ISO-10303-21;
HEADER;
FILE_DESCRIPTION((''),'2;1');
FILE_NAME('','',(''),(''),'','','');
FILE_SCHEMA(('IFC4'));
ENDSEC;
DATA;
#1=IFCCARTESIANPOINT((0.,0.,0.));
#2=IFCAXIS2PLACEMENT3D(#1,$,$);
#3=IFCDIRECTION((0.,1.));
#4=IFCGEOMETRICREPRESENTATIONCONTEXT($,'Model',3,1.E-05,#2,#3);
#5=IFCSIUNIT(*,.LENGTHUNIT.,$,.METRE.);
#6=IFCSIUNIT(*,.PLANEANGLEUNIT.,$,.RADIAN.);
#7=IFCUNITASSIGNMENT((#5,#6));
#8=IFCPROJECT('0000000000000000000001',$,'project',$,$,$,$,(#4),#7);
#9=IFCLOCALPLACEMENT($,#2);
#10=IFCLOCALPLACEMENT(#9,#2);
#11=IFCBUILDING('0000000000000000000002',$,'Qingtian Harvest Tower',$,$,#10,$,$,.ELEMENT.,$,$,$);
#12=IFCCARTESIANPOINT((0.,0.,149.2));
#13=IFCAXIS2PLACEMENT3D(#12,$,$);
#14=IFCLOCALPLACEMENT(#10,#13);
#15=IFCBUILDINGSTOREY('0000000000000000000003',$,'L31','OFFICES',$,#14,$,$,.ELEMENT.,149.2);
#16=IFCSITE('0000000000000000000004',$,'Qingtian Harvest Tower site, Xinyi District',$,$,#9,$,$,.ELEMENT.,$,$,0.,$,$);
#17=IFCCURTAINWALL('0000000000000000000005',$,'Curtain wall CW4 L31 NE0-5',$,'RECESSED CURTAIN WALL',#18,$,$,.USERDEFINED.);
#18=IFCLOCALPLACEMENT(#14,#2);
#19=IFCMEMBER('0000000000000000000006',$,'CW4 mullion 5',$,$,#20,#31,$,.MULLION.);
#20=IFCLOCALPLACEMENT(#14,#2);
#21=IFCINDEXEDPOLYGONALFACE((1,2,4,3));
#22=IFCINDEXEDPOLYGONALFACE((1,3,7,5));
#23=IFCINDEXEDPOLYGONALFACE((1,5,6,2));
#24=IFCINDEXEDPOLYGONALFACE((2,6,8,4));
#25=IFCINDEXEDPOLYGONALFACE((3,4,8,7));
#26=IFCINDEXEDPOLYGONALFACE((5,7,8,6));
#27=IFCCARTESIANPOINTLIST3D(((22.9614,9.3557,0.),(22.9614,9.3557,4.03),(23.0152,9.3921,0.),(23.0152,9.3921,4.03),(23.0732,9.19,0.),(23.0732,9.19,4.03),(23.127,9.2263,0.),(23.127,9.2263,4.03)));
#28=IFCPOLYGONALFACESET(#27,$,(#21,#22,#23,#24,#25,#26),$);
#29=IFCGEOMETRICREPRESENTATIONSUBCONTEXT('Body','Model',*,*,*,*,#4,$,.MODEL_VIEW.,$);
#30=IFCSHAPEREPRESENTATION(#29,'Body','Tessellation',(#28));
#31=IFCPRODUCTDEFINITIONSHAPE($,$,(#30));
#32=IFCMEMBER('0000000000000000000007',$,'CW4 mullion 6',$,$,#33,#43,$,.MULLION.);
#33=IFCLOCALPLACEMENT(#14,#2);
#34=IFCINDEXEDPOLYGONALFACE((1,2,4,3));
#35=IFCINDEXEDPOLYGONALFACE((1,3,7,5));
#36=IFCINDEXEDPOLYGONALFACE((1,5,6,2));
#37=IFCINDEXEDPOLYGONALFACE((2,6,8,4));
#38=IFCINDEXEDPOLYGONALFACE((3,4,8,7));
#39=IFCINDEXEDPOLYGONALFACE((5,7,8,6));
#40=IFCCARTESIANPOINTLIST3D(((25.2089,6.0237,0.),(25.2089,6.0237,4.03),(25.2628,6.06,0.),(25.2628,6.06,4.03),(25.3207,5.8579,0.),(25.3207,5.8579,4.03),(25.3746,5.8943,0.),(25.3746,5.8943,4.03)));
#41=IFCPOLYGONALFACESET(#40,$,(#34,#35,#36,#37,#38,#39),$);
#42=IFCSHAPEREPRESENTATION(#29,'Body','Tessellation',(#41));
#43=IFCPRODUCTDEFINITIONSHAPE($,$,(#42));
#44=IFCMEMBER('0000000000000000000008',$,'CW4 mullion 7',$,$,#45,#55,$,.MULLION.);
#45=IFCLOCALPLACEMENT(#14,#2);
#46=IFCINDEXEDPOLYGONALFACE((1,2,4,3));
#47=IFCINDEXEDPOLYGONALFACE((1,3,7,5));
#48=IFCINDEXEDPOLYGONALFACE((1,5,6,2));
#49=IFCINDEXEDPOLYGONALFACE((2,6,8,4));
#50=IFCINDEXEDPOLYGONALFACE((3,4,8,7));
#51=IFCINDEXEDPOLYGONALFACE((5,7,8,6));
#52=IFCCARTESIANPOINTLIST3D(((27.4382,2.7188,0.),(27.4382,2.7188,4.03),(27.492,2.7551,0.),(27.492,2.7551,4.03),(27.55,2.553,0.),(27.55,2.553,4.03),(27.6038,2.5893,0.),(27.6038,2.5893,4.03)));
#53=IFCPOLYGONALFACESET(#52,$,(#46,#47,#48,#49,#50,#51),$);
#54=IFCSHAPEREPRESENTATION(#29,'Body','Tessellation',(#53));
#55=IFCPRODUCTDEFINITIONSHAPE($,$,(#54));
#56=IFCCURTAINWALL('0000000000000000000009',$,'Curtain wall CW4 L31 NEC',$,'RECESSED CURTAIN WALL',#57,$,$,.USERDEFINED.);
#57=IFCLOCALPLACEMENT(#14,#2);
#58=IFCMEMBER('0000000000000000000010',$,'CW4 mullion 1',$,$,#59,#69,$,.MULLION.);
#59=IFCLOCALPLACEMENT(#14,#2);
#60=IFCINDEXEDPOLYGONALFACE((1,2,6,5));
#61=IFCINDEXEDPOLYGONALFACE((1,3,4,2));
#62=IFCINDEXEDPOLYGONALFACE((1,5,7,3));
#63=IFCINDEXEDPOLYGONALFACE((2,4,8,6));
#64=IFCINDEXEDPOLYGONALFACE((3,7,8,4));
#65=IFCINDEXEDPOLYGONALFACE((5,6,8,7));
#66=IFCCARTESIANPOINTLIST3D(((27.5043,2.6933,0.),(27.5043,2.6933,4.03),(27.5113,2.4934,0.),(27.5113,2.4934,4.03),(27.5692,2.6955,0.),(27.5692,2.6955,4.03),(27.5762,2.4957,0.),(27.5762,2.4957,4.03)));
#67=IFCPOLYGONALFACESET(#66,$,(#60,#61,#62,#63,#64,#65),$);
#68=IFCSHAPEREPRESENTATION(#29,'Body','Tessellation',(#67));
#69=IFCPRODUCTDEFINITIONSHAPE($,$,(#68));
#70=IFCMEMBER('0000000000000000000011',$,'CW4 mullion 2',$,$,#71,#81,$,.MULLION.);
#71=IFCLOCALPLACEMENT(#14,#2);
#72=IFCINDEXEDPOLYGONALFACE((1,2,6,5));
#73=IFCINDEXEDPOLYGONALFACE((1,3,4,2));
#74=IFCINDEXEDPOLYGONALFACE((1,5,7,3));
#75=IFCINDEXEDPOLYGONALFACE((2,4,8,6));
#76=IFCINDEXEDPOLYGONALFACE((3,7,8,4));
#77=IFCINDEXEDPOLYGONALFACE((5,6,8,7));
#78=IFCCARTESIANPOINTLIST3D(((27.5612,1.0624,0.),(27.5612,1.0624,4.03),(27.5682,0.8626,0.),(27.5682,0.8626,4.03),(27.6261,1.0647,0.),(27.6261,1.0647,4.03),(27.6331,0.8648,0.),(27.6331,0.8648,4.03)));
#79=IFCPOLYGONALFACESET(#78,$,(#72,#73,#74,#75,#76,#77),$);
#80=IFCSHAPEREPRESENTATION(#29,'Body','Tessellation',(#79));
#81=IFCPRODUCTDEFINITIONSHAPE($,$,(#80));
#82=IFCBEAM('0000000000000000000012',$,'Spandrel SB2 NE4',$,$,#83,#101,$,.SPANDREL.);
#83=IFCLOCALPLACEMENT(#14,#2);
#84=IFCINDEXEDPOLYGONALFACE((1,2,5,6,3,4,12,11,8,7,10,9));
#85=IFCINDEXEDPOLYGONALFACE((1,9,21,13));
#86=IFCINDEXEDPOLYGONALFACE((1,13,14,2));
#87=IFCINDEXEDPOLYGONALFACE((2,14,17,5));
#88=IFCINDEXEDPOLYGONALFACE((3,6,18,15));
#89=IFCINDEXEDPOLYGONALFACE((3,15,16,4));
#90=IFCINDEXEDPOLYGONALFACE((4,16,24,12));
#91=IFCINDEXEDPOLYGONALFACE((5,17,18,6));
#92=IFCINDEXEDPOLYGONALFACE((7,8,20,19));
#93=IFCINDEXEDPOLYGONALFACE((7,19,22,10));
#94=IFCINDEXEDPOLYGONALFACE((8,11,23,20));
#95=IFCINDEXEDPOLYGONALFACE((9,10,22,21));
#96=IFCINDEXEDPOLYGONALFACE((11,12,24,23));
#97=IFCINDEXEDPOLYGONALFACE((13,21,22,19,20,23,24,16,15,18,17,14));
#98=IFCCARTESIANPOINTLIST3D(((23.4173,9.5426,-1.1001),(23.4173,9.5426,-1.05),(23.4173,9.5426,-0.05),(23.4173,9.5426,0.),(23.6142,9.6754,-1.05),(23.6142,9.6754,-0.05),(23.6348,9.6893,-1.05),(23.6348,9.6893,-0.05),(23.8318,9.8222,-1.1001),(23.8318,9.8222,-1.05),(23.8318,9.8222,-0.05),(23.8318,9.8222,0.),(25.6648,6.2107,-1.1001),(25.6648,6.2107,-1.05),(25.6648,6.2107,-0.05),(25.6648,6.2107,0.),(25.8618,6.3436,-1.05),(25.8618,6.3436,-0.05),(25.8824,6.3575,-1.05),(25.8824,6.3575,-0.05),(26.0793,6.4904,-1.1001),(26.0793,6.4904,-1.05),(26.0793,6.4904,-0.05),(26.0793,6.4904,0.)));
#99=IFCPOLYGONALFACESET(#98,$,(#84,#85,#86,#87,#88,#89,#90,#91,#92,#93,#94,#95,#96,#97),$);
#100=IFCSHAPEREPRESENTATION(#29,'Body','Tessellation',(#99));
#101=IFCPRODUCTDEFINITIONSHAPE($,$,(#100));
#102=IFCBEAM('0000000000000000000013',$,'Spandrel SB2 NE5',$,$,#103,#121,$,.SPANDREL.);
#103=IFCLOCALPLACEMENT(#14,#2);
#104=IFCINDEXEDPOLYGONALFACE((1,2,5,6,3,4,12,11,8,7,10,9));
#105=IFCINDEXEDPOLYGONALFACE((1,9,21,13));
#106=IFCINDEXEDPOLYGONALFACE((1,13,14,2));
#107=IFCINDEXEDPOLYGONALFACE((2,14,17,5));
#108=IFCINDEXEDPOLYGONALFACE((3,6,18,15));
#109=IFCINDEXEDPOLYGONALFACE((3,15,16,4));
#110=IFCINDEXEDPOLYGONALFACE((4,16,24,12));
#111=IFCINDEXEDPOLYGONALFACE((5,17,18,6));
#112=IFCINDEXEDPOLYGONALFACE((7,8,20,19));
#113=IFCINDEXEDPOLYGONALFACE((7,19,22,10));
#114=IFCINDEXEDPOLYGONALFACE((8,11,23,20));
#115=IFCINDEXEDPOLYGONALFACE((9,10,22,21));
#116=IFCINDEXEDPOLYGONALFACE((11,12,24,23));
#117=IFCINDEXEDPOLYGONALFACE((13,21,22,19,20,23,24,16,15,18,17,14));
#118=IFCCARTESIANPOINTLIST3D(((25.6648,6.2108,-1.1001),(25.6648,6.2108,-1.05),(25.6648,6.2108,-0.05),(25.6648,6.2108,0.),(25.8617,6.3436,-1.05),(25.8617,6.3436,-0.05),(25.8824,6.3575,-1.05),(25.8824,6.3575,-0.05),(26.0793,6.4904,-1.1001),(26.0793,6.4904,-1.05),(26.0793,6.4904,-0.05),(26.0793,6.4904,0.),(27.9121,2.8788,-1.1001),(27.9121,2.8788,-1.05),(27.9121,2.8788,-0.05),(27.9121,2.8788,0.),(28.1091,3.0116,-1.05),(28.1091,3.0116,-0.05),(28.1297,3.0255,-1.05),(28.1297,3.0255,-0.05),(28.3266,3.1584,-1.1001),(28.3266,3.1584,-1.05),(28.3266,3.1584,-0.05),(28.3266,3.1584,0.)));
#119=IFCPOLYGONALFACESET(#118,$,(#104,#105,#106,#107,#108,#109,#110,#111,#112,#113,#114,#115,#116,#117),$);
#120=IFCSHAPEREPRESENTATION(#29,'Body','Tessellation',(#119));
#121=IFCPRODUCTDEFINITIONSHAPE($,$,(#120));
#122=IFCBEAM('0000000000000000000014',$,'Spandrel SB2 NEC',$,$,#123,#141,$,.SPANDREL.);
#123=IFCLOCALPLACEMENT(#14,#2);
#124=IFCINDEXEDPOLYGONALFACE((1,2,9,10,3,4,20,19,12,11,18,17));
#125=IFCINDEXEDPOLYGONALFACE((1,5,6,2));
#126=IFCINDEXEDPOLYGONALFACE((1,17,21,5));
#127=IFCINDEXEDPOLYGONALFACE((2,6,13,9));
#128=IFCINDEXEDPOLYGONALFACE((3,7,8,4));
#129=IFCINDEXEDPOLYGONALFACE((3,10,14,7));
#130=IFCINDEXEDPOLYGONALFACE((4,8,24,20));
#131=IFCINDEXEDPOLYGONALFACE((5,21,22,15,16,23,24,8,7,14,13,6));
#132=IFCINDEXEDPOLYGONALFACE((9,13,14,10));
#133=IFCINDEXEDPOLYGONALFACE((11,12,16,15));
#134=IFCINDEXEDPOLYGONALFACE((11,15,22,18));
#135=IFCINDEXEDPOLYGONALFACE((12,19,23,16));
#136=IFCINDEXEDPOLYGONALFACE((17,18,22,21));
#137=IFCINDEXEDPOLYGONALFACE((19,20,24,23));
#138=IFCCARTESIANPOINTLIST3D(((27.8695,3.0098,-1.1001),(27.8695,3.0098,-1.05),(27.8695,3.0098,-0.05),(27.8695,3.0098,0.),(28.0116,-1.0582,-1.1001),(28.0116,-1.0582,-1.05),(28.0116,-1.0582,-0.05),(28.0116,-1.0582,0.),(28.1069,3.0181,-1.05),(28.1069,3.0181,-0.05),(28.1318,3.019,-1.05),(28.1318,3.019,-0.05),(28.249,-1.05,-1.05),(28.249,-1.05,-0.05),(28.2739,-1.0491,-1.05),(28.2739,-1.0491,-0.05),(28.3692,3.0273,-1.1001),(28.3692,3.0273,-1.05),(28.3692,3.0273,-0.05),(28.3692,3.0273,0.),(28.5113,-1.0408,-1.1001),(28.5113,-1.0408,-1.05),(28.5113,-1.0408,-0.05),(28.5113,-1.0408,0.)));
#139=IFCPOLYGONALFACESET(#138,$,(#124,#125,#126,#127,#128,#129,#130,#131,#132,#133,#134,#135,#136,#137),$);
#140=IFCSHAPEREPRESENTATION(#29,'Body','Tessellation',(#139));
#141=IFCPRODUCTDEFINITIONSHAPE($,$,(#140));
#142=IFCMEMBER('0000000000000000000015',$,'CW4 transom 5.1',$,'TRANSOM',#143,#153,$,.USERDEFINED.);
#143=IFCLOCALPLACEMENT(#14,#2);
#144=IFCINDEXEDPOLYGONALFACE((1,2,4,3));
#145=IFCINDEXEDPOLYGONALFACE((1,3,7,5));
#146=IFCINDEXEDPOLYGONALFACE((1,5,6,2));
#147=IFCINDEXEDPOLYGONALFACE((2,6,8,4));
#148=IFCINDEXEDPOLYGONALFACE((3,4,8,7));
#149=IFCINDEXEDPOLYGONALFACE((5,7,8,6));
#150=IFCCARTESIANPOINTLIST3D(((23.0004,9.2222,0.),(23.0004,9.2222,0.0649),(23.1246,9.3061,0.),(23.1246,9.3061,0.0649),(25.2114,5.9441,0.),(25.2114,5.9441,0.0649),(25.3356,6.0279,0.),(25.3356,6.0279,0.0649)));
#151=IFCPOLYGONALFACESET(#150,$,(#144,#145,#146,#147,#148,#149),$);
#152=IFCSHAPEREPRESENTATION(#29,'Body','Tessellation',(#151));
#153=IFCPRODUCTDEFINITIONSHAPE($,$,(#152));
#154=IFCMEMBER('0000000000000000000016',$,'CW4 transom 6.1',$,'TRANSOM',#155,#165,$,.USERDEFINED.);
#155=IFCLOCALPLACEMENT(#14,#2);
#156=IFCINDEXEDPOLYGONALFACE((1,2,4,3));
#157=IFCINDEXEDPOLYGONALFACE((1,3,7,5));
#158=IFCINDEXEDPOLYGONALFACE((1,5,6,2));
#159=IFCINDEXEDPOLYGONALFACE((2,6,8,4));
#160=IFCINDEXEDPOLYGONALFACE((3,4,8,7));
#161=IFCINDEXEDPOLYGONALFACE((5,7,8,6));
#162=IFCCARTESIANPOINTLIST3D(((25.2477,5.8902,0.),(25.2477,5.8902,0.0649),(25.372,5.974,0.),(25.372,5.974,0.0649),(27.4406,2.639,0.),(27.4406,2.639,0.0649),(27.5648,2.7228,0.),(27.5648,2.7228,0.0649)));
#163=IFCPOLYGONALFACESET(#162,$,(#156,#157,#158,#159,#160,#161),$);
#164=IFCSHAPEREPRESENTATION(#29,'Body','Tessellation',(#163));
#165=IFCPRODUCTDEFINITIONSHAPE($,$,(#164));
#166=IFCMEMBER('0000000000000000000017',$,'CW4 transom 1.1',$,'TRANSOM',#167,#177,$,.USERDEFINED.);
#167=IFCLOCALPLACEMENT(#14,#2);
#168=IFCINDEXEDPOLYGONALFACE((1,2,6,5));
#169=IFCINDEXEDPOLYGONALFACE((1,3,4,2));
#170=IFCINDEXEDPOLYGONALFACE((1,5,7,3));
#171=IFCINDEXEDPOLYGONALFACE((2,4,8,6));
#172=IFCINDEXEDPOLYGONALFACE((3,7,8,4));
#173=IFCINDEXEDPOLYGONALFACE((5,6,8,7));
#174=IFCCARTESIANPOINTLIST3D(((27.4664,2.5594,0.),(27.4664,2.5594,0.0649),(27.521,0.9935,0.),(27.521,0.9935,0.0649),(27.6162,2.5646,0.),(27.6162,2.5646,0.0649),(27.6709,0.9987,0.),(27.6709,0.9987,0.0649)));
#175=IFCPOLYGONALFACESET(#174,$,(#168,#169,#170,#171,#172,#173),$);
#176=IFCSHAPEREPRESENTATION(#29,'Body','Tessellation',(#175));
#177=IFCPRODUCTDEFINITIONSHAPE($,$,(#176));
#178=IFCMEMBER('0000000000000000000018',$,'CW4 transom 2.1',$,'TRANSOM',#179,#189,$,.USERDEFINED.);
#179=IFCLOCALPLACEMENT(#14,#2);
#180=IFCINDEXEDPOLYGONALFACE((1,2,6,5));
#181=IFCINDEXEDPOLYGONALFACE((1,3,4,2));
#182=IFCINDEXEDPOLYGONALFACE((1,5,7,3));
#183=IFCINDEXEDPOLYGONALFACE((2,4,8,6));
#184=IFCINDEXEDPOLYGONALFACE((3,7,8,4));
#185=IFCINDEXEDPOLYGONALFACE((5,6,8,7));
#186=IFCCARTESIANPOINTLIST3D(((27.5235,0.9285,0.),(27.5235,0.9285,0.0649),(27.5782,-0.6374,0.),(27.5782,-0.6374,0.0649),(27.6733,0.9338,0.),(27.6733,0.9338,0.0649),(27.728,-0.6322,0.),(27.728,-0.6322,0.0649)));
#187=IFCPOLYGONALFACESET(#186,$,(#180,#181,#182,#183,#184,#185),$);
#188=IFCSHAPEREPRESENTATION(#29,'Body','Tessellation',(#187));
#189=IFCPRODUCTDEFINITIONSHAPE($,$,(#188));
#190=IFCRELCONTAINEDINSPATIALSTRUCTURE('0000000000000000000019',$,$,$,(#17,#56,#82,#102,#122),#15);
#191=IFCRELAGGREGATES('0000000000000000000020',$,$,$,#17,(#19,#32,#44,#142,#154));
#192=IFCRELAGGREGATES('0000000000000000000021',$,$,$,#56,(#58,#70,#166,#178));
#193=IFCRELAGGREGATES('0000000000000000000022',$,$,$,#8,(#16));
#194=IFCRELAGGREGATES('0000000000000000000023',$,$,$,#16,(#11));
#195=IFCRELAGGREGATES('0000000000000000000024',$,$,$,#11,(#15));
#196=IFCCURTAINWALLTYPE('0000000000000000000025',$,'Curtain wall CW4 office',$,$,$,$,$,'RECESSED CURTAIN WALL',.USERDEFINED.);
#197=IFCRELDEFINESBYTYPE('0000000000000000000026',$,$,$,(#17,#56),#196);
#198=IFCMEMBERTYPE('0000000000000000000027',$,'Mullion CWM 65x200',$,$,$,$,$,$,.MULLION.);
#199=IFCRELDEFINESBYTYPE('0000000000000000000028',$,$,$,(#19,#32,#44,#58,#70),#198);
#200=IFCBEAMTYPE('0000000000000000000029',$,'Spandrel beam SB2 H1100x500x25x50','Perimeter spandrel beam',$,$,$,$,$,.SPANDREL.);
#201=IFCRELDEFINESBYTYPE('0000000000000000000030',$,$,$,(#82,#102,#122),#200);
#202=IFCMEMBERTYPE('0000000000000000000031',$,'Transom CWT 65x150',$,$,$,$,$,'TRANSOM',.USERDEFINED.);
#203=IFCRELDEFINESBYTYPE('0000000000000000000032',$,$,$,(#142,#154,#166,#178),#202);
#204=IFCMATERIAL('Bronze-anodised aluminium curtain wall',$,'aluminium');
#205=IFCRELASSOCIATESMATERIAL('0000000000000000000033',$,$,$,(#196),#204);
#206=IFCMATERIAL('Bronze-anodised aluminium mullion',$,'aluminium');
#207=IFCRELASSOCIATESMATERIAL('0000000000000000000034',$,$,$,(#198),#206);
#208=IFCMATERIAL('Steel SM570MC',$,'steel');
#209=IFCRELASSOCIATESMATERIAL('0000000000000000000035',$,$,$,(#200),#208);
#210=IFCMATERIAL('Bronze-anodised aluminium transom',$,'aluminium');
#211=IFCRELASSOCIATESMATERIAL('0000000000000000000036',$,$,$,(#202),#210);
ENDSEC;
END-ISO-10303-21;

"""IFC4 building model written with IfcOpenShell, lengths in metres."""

from ifc_helpers import new_model, si_unit, direction, frame, origin, origin_2d, place, context, subcontext, project, spatial, rectangle, i_section, extrude, material, material_profile, profile_set, type_object, element, aggregate, save


model = new_model("IFC4")

# Units and contexts
model_context = context("Model", 3, precision=1e-05, world=origin(), true_north=direction((0.0, 1.0)))
body_context = subcontext(model_context, "Body", "Model", "MODEL_VIEW")
ifc_project = project(units=[si_unit("LENGTHUNIT", "METRE"), si_unit("PLANEANGLEUNIT", "RADIAN")], contexts=[model_context])

# Site, building, storey
site_placement = place(None, origin())
site = spatial("IfcSite", under=ifc_project, at=site_placement, Name="Qingtian Harvest Tower site, Xinyi District", CompositionType="ELEMENT", RefElevation=0.0)
building_placement = place(site_placement, origin())
building = spatial("IfcBuilding", under=site, at=building_placement, Name="Qingtian Harvest Tower", CompositionType="ELEMENT")
storey_placement = place(building_placement, frame((0.0, 0.0, 149.2)))
storey = spatial("IfcBuildingStorey", under=building, at=storey_placement, Name="L31", Description="OFFICES", CompositionType="ELEMENT", Elevation=149.2)

# Curtain walls, members
ifc_material_1 = material(Name="Bronze-anodised aluminium curtain wall", Category="aluminium")
curtain_wall_type = type_object("IfcCurtainWallType", Name="Curtain wall CW4 office", ElementType="RECESSED CURTAIN WALL", PredefinedType="USERDEFINED", material=ifc_material_1)
curtain_wall_1_placement = place(storey_placement, origin())
curtain_wall_1 = element("IfcCurtainWall", 1, at=curtain_wall_1_placement, inside=storey, type_object=curtain_wall_type, Name="Curtain wall CW4 L31 NE0-5", ObjectType="RECESSED CURTAIN WALL", PredefinedType="USERDEFINED")
ifc_material_2 = material(Name="Bronze-anodised aluminium mullion", Category="aluminium")
ifc_material_profile_1 = material_profile(ifc_material_2, rectangle(XDim=0.0649, YDim=0.2, at=origin_2d()), Name="AL 65x200")
ifc_profile_set_1 = profile_set([ifc_material_profile_1], Name="Bronze-anodised aluminium mullion")
member_type_1 = type_object("IfcMemberType", Name="Mullion CWM 65x200", PredefinedType="MULLION", material=ifc_profile_set_1)
member_1_placement = place(storey_placement, frame((23.0442, 9.291, 0.0), z_axis=(0.0, 0.0, 1.0), x_axis=(0.829038, 0.559193, 0.0)))
member_1 = element("IfcMember", 2, at=member_1_placement, type_object=member_type_1, Name="CW4 mullion 5", PredefinedType="MULLION", context=body_context, shape_type="SweptSolid", body=[
    extrude(rectangle(XDim=0.0649, YDim=0.2, at=origin_2d()), origin(), (0.0, 0.0, 1.0), 4.03),
])
member_2_placement = place(storey_placement, frame((25.2917, 5.959, 0.0), z_axis=(0.0, 0.0, 1.0), x_axis=(0.829038, 0.559193, 0.0)))
member_2 = element("IfcMember", 3, at=member_2_placement, type_object=member_type_1, Name="CW4 mullion 6", PredefinedType="MULLION", context=body_context, shape_type="SweptSolid", body=[
    extrude(rectangle(XDim=0.0649, YDim=0.2, at=origin_2d()), origin(), (0.0, 0.0, 1.0), 4.03),
])
member_3_placement = place(storey_placement, frame((27.521, 2.6541, 0.0), z_axis=(0.0, 0.0, 1.0), x_axis=(0.829038, 0.559193, 0.0)))
member_3 = element("IfcMember", 4, at=member_3_placement, type_object=member_type_1, Name="CW4 mullion 7", PredefinedType="MULLION", context=body_context, shape_type="SweptSolid", body=[
    extrude(rectangle(XDim=0.0649, YDim=0.2, at=origin_2d()), origin(), (0.0, 0.0, 1.0), 4.03),
])
curtain_wall_2_placement = place(storey_placement, origin())
curtain_wall_2 = element("IfcCurtainWall", 5, at=curtain_wall_2_placement, inside=storey, type_object=curtain_wall_type, Name="Curtain wall CW4 L31 NEC", ObjectType="RECESSED CURTAIN WALL", PredefinedType="USERDEFINED")
member_4_placement = place(storey_placement, frame((27.5403, 2.5945, 0.0), z_axis=(0.0, 0.0, 1.0), x_axis=(0.999391, 0.034899, 0.0)))
member_4 = element("IfcMember", 6, at=member_4_placement, type_object=member_type_1, Name="CW4 mullion 1", PredefinedType="MULLION", context=body_context, shape_type="SweptSolid", body=[
    extrude(rectangle(XDim=0.0649, YDim=0.2, at=origin_2d()), origin(), (0.0, 0.0, 1.0), 4.03),
])
member_5_placement = place(storey_placement, frame((27.5972, 0.9636, 0.0), z_axis=(0.0, 0.0, 1.0), x_axis=(0.999391, 0.034899, 0.0)))
member_5 = element("IfcMember", 7, at=member_5_placement, type_object=member_type_1, Name="CW4 mullion 2", PredefinedType="MULLION", context=body_context, shape_type="SweptSolid", body=[
    extrude(rectangle(XDim=0.0649, YDim=0.2, at=origin_2d()), origin(), (0.0, 0.0, 1.0), 4.03),
])

# Beams
ifc_material_3 = material(Name="Steel SM570MC", Category="steel")
ifc_material_profile_2 = material_profile(ifc_material_3, i_section(OverallWidth=0.5, OverallDepth=1.1001, WebThickness=0.0249, FlangeThickness=0.05, at=origin_2d()), Name="H1100x500x25x50")
ifc_profile_set_2 = profile_set([ifc_material_profile_2], Name="Steel SM570MC")
beam_type_1 = type_object("IfcBeamType", Name="Spandrel beam SB2 H1100x500x25x50", Description="Perimeter spandrel beam", PredefinedType="SPANDREL", material=ifc_profile_set_2)
for number, where, z_axis, x_axis, name in (
    (8, (23.6245, 9.6824, -0.55), (0.559234, -0.82901, 0.0), (0.82901, 0.559234, 0.0), "Spandrel SB2 NE4"),
    (9, (25.8721, 6.3506, -0.55), (0.559164, -0.829057, 0.0), (0.829057, 0.559164, 0.0), "Spandrel SB2 NE5"),
):
    element("IfcBeam", number, at=place(storey_placement, frame(where, z_axis=z_axis, x_axis=x_axis)), inside=storey, type_object=beam_type_1, Name=name, PredefinedType="SPANDREL", context=body_context, shape_type="SweptSolid", body=[
        extrude(i_section(OverallWidth=0.5, OverallDepth=1.1001, WebThickness=0.0249, FlangeThickness=0.05, at=origin_2d()), origin(), (0.0, 0.0, 1.0), 4.019),
    ])
beam_1_placement = place(storey_placement, frame((28.1194, 3.0186, -0.55), z_axis=(0.034906, -0.999391, 0.0), x_axis=(0.999391, 0.034906, 0.0)))
element("IfcBeam", 10, at=beam_1_placement, inside=storey, type_object=beam_type_1, Name="Spandrel SB2 NEC", PredefinedType="SPANDREL", context=body_context, shape_type="SweptSolid", body=[
    extrude(i_section(OverallWidth=0.5, OverallDepth=1.1001, WebThickness=0.0249, FlangeThickness=0.05, at=origin_2d()), origin(), (0.0, 0.0, 1.0), 4.0706),
])

# Members
ifc_material_4 = material(Name="Bronze-anodised aluminium transom", Category="aluminium")
ifc_material_profile_3 = material_profile(ifc_material_4, rectangle(XDim=0.1499, YDim=0.0649, at=origin_2d()), Name="AL 65x150")
ifc_profile_set_3 = profile_set([ifc_material_profile_3], Name="Bronze-anodised aluminium transom")
member_type_2 = type_object("IfcMemberType", Name="Transom CWT 65x150", ElementType="TRANSOM", PredefinedType="USERDEFINED", material=ifc_profile_set_3)
member_6_placement = place(storey_placement, frame((23.0625, 9.2642, 0.0325), z_axis=(0.559166, -0.829055, 0.0), x_axis=(0.829055, 0.559166, 0.0)))
member_6 = element("IfcMember", 11, at=member_6_placement, type_object=member_type_2, Name="CW4 transom 5.1", ObjectType="TRANSOM", PredefinedType="USERDEFINED", context=body_context, shape_type="SweptSolid", body=[
    extrude(rectangle(XDim=0.1499, YDim=0.0649, at=origin_2d()), origin(), (0.0, 0.0, 1.0), 3.9541),
])
member_7_placement = place(storey_placement, frame((25.3098, 5.9321, 0.0325), z_axis=(0.559175, -0.82905, 0.0), x_axis=(0.82905, 0.559175, 0.0)))
member_7 = element("IfcMember", 12, at=member_7_placement, type_object=member_type_2, Name="CW4 transom 6.1", ObjectType="TRANSOM", PredefinedType="USERDEFINED", context=body_context, shape_type="SweptSolid", body=[
    extrude(rectangle(XDim=0.1499, YDim=0.0649, at=origin_2d()), origin(), (0.0, 0.0, 1.0), 3.9216),
])
member_8_placement = place(storey_placement, frame((27.5413, 2.562, 0.0325), z_axis=(0.034902, -0.999391, 0.0), x_axis=(0.999391, 0.034902, 0.0)))
member_8 = element("IfcMember", 13, at=member_8_placement, type_object=member_type_2, Name="CW4 transom 1.1", ObjectType="TRANSOM", PredefinedType="USERDEFINED", context=body_context, shape_type="SweptSolid", body=[
    extrude(rectangle(XDim=0.1499, YDim=0.0649, at=origin_2d()), origin(), (0.0, 0.0, 1.0), 1.5669),
])
member_9_placement = place(storey_placement, frame((27.5984, 0.9312, 0.0325), z_axis=(0.034902, -0.999391, 0.0), x_axis=(0.999391, 0.034902, 0.0)))
member_9 = element("IfcMember", 14, at=member_9_placement, type_object=member_type_2, Name="CW4 transom 2.1", ObjectType="TRANSOM", PredefinedType="USERDEFINED", context=body_context, shape_type="SweptSolid", body=[
    extrude(rectangle(XDim=0.1499, YDim=0.0649, at=origin_2d()), origin(), (0.0, 0.0, 1.0), 1.5669),
])

aggregate(curtain_wall_1, [member_1, member_2, member_3, member_6, member_7])
aggregate(curtain_wall_2, [member_4, member_5, member_8, member_9])

save(model, "model.ifc")
